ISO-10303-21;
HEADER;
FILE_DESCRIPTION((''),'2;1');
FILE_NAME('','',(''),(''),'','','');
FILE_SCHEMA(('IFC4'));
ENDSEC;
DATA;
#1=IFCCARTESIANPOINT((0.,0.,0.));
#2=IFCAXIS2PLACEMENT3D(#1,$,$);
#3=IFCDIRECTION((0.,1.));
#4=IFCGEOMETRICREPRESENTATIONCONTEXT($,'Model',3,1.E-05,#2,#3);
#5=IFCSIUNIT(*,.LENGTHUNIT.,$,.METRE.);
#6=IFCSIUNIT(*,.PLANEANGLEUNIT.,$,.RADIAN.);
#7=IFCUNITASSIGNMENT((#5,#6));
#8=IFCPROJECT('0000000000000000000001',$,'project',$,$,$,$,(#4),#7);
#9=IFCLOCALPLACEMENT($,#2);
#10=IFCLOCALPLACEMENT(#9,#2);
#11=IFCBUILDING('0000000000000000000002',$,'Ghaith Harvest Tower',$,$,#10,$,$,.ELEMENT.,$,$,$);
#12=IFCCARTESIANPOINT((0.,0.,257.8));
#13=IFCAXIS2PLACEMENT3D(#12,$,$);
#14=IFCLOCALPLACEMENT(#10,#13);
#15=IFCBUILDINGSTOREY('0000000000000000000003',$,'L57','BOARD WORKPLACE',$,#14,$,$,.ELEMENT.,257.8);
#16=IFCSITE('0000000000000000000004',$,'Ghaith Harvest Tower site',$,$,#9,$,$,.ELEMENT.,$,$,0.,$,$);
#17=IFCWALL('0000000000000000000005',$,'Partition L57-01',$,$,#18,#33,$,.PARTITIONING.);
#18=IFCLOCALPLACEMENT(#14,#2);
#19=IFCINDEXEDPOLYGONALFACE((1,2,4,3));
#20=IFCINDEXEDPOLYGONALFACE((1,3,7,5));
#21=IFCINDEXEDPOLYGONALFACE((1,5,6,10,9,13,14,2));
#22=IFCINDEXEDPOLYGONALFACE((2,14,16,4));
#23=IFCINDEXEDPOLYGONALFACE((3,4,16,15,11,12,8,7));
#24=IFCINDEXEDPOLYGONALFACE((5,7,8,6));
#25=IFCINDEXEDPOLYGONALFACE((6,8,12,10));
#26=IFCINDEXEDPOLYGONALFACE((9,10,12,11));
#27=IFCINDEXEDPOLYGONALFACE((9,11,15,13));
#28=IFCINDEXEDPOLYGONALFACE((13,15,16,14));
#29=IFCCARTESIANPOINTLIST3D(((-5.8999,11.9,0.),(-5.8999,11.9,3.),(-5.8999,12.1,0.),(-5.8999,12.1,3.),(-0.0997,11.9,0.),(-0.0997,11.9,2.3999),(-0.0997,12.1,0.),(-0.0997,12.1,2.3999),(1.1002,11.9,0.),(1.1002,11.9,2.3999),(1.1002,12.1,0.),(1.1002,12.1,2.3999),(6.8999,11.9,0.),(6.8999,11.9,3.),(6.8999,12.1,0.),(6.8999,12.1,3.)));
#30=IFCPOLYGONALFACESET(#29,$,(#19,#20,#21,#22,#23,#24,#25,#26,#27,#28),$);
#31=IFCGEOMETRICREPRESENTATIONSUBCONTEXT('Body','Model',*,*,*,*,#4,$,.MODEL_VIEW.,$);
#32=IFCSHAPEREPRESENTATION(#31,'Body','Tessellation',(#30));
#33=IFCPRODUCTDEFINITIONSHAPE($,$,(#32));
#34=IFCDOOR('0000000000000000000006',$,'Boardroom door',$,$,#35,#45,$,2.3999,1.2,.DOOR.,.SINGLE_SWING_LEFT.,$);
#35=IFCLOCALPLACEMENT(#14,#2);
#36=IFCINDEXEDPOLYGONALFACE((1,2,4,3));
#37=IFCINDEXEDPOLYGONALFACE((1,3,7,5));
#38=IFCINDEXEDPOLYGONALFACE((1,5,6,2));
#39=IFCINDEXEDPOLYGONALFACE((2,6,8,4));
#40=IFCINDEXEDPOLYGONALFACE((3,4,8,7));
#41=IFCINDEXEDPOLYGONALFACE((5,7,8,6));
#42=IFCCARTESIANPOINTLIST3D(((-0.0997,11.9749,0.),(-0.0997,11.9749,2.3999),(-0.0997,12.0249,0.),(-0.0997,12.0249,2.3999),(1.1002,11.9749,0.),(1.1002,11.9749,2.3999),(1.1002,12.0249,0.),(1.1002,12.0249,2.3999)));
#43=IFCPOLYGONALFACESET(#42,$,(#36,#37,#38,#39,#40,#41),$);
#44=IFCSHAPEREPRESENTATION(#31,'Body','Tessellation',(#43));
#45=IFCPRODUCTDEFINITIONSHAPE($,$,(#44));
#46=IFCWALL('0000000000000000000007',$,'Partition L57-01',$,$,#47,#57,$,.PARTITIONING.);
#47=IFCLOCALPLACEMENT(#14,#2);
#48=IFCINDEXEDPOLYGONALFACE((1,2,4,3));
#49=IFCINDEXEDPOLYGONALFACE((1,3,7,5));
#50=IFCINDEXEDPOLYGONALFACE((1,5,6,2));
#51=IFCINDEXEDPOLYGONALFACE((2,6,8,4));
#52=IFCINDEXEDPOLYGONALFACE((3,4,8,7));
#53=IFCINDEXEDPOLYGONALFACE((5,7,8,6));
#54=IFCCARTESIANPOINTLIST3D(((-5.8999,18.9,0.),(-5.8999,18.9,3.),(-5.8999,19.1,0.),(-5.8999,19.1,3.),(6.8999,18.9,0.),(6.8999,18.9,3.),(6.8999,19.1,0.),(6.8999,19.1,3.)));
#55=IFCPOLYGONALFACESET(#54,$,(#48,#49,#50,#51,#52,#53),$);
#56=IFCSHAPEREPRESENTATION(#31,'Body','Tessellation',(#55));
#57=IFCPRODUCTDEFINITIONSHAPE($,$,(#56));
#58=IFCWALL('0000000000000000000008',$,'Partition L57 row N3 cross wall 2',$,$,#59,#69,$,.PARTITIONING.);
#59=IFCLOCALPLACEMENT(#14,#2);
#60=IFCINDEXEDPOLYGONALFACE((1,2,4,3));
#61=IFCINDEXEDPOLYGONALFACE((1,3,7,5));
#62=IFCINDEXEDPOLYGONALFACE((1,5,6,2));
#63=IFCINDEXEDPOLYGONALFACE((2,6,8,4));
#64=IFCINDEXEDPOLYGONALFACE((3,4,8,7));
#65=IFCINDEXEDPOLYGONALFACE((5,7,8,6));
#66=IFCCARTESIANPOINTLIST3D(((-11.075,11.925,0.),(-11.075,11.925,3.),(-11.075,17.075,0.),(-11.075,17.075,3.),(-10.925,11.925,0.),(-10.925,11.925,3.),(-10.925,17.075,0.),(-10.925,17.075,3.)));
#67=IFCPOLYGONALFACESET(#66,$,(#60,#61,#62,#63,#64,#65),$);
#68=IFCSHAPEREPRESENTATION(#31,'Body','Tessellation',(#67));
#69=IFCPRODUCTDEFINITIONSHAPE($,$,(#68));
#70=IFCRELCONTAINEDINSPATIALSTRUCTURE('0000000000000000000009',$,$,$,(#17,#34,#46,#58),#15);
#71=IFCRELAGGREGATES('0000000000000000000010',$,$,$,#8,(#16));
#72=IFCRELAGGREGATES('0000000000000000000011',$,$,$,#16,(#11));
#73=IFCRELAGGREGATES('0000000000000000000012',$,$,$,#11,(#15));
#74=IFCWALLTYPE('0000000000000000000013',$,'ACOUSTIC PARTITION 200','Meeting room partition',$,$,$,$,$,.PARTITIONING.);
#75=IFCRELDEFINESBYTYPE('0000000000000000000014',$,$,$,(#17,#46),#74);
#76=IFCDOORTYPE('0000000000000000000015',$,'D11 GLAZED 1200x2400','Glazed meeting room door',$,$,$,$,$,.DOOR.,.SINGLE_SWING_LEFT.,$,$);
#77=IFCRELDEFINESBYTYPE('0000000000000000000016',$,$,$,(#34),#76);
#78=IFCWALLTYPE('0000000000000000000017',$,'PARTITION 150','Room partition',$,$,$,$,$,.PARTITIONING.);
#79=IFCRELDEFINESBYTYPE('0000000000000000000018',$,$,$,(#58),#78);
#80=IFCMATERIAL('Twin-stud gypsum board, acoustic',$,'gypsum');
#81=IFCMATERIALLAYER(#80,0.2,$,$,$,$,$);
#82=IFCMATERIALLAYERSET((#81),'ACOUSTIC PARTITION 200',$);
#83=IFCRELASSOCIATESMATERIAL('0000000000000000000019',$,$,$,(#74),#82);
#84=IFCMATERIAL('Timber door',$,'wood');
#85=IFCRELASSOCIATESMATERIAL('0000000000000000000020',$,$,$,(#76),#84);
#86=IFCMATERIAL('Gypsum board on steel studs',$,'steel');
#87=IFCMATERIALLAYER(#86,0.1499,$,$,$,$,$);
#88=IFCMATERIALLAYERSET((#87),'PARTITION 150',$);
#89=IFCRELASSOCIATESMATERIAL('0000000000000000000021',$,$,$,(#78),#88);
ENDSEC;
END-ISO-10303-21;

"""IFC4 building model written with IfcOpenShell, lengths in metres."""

from ifc_helpers import new_model, si_unit, direction, frame, frame_2d, origin, place, context, subcontext, project, spatial, rectangle, extrude, material, layer, layer_set, type_object, element, fill, save


model = new_model("IFC4")

# Units and contexts
model_context = context("Model", 3, precision=1e-05, world=origin(), true_north=direction((0.0, 1.0)))
body_context = subcontext(model_context, "Body", "Model", "MODEL_VIEW")
ifc_project = project(units=[si_unit("LENGTHUNIT", "METRE"), si_unit("PLANEANGLEUNIT", "RADIAN")], contexts=[model_context])

# Site, building, storey
site_placement = place(None, origin())
site = spatial("IfcSite", under=ifc_project, at=site_placement, Name="Ghaith Harvest Tower site", CompositionType="ELEMENT", RefElevation=0.0)
building_placement = place(site_placement, origin())
building = spatial("IfcBuilding", under=site, at=building_placement, Name="Ghaith Harvest Tower", CompositionType="ELEMENT")
storey_placement = place(building_placement, frame((0.0, 0.0, 257.8)))
storey = spatial("IfcBuildingStorey", under=building, at=storey_placement, Name="L57", Description="BOARD WORKPLACE", CompositionType="ELEMENT", Elevation=257.8)

# Shared definitions
ifc_material_1 = material(Name="Twin-stud gypsum board, acoustic", Category="gypsum")
ifc_layer_1 = layer(ifc_material_1, 0.2)
ifc_layer_set_1 = layer_set([ifc_layer_1], Name="ACOUSTIC PARTITION 200")
wall_type_1 = type_object("IfcWallType", Name="ACOUSTIC PARTITION 200", Description="Meeting room partition", PredefinedType="PARTITIONING", material=ifc_layer_set_1)

# Wall, opening, door
wall_1_placement = place(storey_placement, frame((-5.8999, 12.0, 0.0), z_axis=(0.0, 0.0, 1.0), x_axis=(1.0, 0.0, 0.0)))
wall_1 = element("IfcWall", 1, at=wall_1_placement, inside=storey, type_object=wall_type_1, Name="Partition L57-01", PredefinedType="PARTITIONING", context=body_context, shape_type="SweptSolid", body=[
    extrude(rectangle(XDim=12.7998, YDim=0.2, at=frame_2d((6.3999, 0.0))), origin(), (0.0, 0.0, 1.0), 3.0),
])
opening_1_placement = place(wall_1_placement, frame((5.8, 0.0, 0.0)))
opening_1 = element("IfcOpeningElement", 2, at=opening_1_placement, cuts=wall_1, PredefinedType="OPENING", context=body_context, shape_type="SweptSolid", body=[
    extrude(rectangle(XDim=1.2, YDim=2.3999, at=frame_2d((0.6001, 1.2))), frame((0.0, 0.1099, 0.0), z_axis=(0.0, -1.0, 0.0), x_axis=(1.0, 0.0, 0.0)), (0.0, 0.0, 1.0), 0.22),
])
ifc_material_2 = material(Name="Timber door", Category="wood")
door_type_1 = type_object("IfcDoorType", Name="D11 GLAZED 1200x2400", Description="Glazed meeting room door", OperationType="SINGLE_SWING_LEFT", PredefinedType="DOOR", material=ifc_material_2)
door_1_placement = place(opening_1_placement, origin())
door_1 = element("IfcDoor", 3, at=door_1_placement, inside=storey, type_object=door_type_1, Name="Boardroom door", OperationType="SINGLE_SWING_LEFT", OverallHeight=2.3999, OverallWidth=1.2, PredefinedType="DOOR", context=body_context, shape_type="SweptSolid", body=[
    extrude(rectangle(XDim=1.2, YDim=2.3999, at=frame_2d((0.6001, 1.2))), frame((0.0, 0.0249, 0.0), z_axis=(0.0, -1.0, 0.0), x_axis=(1.0, 0.0, 0.0)), (0.0, 0.0, 1.0), 0.05),
])
fill(opening_1, door_1)

# Walls
wall_2_placement = place(storey_placement, frame((-5.8999, 19.0, 0.0), z_axis=(0.0, 0.0, 1.0), x_axis=(1.0, 0.0, 0.0)))
element("IfcWall", 4, at=wall_2_placement, inside=storey, type_object=wall_type_1, Name="Partition L57-01", PredefinedType="PARTITIONING", context=body_context, shape_type="SweptSolid", body=[
    extrude(rectangle(XDim=12.7998, YDim=0.2, at=frame_2d((6.3999, 0.0))), origin(), (0.0, 0.0, 1.0), 3.0),
])
ifc_material_3 = material(Name="Gypsum board on steel studs", Category="steel")
ifc_layer_2 = layer(ifc_material_3, 0.1499)
ifc_layer_set_2 = layer_set([ifc_layer_2], Name="PARTITION 150")
wall_type_2 = type_object("IfcWallType", Name="PARTITION 150", Description="Room partition", PredefinedType="PARTITIONING", material=ifc_layer_set_2)
wall_3_placement = place(storey_placement, frame((-11.0, 11.925, 0.0), z_axis=(0.0, 0.0, 1.0), x_axis=(0.0, 1.0, 0.0)))
element("IfcWall", 5, at=wall_3_placement, inside=storey, type_object=wall_type_2, Name="Partition L57 row N3 cross wall 2", PredefinedType="PARTITIONING", context=body_context, shape_type="SweptSolid", body=[
    extrude(rectangle(XDim=5.1499, YDim=0.1499, at=frame_2d((2.575, 0.0))), origin(), (0.0, 0.0, 1.0), 3.0),
])

save(model, "model.ifc")
